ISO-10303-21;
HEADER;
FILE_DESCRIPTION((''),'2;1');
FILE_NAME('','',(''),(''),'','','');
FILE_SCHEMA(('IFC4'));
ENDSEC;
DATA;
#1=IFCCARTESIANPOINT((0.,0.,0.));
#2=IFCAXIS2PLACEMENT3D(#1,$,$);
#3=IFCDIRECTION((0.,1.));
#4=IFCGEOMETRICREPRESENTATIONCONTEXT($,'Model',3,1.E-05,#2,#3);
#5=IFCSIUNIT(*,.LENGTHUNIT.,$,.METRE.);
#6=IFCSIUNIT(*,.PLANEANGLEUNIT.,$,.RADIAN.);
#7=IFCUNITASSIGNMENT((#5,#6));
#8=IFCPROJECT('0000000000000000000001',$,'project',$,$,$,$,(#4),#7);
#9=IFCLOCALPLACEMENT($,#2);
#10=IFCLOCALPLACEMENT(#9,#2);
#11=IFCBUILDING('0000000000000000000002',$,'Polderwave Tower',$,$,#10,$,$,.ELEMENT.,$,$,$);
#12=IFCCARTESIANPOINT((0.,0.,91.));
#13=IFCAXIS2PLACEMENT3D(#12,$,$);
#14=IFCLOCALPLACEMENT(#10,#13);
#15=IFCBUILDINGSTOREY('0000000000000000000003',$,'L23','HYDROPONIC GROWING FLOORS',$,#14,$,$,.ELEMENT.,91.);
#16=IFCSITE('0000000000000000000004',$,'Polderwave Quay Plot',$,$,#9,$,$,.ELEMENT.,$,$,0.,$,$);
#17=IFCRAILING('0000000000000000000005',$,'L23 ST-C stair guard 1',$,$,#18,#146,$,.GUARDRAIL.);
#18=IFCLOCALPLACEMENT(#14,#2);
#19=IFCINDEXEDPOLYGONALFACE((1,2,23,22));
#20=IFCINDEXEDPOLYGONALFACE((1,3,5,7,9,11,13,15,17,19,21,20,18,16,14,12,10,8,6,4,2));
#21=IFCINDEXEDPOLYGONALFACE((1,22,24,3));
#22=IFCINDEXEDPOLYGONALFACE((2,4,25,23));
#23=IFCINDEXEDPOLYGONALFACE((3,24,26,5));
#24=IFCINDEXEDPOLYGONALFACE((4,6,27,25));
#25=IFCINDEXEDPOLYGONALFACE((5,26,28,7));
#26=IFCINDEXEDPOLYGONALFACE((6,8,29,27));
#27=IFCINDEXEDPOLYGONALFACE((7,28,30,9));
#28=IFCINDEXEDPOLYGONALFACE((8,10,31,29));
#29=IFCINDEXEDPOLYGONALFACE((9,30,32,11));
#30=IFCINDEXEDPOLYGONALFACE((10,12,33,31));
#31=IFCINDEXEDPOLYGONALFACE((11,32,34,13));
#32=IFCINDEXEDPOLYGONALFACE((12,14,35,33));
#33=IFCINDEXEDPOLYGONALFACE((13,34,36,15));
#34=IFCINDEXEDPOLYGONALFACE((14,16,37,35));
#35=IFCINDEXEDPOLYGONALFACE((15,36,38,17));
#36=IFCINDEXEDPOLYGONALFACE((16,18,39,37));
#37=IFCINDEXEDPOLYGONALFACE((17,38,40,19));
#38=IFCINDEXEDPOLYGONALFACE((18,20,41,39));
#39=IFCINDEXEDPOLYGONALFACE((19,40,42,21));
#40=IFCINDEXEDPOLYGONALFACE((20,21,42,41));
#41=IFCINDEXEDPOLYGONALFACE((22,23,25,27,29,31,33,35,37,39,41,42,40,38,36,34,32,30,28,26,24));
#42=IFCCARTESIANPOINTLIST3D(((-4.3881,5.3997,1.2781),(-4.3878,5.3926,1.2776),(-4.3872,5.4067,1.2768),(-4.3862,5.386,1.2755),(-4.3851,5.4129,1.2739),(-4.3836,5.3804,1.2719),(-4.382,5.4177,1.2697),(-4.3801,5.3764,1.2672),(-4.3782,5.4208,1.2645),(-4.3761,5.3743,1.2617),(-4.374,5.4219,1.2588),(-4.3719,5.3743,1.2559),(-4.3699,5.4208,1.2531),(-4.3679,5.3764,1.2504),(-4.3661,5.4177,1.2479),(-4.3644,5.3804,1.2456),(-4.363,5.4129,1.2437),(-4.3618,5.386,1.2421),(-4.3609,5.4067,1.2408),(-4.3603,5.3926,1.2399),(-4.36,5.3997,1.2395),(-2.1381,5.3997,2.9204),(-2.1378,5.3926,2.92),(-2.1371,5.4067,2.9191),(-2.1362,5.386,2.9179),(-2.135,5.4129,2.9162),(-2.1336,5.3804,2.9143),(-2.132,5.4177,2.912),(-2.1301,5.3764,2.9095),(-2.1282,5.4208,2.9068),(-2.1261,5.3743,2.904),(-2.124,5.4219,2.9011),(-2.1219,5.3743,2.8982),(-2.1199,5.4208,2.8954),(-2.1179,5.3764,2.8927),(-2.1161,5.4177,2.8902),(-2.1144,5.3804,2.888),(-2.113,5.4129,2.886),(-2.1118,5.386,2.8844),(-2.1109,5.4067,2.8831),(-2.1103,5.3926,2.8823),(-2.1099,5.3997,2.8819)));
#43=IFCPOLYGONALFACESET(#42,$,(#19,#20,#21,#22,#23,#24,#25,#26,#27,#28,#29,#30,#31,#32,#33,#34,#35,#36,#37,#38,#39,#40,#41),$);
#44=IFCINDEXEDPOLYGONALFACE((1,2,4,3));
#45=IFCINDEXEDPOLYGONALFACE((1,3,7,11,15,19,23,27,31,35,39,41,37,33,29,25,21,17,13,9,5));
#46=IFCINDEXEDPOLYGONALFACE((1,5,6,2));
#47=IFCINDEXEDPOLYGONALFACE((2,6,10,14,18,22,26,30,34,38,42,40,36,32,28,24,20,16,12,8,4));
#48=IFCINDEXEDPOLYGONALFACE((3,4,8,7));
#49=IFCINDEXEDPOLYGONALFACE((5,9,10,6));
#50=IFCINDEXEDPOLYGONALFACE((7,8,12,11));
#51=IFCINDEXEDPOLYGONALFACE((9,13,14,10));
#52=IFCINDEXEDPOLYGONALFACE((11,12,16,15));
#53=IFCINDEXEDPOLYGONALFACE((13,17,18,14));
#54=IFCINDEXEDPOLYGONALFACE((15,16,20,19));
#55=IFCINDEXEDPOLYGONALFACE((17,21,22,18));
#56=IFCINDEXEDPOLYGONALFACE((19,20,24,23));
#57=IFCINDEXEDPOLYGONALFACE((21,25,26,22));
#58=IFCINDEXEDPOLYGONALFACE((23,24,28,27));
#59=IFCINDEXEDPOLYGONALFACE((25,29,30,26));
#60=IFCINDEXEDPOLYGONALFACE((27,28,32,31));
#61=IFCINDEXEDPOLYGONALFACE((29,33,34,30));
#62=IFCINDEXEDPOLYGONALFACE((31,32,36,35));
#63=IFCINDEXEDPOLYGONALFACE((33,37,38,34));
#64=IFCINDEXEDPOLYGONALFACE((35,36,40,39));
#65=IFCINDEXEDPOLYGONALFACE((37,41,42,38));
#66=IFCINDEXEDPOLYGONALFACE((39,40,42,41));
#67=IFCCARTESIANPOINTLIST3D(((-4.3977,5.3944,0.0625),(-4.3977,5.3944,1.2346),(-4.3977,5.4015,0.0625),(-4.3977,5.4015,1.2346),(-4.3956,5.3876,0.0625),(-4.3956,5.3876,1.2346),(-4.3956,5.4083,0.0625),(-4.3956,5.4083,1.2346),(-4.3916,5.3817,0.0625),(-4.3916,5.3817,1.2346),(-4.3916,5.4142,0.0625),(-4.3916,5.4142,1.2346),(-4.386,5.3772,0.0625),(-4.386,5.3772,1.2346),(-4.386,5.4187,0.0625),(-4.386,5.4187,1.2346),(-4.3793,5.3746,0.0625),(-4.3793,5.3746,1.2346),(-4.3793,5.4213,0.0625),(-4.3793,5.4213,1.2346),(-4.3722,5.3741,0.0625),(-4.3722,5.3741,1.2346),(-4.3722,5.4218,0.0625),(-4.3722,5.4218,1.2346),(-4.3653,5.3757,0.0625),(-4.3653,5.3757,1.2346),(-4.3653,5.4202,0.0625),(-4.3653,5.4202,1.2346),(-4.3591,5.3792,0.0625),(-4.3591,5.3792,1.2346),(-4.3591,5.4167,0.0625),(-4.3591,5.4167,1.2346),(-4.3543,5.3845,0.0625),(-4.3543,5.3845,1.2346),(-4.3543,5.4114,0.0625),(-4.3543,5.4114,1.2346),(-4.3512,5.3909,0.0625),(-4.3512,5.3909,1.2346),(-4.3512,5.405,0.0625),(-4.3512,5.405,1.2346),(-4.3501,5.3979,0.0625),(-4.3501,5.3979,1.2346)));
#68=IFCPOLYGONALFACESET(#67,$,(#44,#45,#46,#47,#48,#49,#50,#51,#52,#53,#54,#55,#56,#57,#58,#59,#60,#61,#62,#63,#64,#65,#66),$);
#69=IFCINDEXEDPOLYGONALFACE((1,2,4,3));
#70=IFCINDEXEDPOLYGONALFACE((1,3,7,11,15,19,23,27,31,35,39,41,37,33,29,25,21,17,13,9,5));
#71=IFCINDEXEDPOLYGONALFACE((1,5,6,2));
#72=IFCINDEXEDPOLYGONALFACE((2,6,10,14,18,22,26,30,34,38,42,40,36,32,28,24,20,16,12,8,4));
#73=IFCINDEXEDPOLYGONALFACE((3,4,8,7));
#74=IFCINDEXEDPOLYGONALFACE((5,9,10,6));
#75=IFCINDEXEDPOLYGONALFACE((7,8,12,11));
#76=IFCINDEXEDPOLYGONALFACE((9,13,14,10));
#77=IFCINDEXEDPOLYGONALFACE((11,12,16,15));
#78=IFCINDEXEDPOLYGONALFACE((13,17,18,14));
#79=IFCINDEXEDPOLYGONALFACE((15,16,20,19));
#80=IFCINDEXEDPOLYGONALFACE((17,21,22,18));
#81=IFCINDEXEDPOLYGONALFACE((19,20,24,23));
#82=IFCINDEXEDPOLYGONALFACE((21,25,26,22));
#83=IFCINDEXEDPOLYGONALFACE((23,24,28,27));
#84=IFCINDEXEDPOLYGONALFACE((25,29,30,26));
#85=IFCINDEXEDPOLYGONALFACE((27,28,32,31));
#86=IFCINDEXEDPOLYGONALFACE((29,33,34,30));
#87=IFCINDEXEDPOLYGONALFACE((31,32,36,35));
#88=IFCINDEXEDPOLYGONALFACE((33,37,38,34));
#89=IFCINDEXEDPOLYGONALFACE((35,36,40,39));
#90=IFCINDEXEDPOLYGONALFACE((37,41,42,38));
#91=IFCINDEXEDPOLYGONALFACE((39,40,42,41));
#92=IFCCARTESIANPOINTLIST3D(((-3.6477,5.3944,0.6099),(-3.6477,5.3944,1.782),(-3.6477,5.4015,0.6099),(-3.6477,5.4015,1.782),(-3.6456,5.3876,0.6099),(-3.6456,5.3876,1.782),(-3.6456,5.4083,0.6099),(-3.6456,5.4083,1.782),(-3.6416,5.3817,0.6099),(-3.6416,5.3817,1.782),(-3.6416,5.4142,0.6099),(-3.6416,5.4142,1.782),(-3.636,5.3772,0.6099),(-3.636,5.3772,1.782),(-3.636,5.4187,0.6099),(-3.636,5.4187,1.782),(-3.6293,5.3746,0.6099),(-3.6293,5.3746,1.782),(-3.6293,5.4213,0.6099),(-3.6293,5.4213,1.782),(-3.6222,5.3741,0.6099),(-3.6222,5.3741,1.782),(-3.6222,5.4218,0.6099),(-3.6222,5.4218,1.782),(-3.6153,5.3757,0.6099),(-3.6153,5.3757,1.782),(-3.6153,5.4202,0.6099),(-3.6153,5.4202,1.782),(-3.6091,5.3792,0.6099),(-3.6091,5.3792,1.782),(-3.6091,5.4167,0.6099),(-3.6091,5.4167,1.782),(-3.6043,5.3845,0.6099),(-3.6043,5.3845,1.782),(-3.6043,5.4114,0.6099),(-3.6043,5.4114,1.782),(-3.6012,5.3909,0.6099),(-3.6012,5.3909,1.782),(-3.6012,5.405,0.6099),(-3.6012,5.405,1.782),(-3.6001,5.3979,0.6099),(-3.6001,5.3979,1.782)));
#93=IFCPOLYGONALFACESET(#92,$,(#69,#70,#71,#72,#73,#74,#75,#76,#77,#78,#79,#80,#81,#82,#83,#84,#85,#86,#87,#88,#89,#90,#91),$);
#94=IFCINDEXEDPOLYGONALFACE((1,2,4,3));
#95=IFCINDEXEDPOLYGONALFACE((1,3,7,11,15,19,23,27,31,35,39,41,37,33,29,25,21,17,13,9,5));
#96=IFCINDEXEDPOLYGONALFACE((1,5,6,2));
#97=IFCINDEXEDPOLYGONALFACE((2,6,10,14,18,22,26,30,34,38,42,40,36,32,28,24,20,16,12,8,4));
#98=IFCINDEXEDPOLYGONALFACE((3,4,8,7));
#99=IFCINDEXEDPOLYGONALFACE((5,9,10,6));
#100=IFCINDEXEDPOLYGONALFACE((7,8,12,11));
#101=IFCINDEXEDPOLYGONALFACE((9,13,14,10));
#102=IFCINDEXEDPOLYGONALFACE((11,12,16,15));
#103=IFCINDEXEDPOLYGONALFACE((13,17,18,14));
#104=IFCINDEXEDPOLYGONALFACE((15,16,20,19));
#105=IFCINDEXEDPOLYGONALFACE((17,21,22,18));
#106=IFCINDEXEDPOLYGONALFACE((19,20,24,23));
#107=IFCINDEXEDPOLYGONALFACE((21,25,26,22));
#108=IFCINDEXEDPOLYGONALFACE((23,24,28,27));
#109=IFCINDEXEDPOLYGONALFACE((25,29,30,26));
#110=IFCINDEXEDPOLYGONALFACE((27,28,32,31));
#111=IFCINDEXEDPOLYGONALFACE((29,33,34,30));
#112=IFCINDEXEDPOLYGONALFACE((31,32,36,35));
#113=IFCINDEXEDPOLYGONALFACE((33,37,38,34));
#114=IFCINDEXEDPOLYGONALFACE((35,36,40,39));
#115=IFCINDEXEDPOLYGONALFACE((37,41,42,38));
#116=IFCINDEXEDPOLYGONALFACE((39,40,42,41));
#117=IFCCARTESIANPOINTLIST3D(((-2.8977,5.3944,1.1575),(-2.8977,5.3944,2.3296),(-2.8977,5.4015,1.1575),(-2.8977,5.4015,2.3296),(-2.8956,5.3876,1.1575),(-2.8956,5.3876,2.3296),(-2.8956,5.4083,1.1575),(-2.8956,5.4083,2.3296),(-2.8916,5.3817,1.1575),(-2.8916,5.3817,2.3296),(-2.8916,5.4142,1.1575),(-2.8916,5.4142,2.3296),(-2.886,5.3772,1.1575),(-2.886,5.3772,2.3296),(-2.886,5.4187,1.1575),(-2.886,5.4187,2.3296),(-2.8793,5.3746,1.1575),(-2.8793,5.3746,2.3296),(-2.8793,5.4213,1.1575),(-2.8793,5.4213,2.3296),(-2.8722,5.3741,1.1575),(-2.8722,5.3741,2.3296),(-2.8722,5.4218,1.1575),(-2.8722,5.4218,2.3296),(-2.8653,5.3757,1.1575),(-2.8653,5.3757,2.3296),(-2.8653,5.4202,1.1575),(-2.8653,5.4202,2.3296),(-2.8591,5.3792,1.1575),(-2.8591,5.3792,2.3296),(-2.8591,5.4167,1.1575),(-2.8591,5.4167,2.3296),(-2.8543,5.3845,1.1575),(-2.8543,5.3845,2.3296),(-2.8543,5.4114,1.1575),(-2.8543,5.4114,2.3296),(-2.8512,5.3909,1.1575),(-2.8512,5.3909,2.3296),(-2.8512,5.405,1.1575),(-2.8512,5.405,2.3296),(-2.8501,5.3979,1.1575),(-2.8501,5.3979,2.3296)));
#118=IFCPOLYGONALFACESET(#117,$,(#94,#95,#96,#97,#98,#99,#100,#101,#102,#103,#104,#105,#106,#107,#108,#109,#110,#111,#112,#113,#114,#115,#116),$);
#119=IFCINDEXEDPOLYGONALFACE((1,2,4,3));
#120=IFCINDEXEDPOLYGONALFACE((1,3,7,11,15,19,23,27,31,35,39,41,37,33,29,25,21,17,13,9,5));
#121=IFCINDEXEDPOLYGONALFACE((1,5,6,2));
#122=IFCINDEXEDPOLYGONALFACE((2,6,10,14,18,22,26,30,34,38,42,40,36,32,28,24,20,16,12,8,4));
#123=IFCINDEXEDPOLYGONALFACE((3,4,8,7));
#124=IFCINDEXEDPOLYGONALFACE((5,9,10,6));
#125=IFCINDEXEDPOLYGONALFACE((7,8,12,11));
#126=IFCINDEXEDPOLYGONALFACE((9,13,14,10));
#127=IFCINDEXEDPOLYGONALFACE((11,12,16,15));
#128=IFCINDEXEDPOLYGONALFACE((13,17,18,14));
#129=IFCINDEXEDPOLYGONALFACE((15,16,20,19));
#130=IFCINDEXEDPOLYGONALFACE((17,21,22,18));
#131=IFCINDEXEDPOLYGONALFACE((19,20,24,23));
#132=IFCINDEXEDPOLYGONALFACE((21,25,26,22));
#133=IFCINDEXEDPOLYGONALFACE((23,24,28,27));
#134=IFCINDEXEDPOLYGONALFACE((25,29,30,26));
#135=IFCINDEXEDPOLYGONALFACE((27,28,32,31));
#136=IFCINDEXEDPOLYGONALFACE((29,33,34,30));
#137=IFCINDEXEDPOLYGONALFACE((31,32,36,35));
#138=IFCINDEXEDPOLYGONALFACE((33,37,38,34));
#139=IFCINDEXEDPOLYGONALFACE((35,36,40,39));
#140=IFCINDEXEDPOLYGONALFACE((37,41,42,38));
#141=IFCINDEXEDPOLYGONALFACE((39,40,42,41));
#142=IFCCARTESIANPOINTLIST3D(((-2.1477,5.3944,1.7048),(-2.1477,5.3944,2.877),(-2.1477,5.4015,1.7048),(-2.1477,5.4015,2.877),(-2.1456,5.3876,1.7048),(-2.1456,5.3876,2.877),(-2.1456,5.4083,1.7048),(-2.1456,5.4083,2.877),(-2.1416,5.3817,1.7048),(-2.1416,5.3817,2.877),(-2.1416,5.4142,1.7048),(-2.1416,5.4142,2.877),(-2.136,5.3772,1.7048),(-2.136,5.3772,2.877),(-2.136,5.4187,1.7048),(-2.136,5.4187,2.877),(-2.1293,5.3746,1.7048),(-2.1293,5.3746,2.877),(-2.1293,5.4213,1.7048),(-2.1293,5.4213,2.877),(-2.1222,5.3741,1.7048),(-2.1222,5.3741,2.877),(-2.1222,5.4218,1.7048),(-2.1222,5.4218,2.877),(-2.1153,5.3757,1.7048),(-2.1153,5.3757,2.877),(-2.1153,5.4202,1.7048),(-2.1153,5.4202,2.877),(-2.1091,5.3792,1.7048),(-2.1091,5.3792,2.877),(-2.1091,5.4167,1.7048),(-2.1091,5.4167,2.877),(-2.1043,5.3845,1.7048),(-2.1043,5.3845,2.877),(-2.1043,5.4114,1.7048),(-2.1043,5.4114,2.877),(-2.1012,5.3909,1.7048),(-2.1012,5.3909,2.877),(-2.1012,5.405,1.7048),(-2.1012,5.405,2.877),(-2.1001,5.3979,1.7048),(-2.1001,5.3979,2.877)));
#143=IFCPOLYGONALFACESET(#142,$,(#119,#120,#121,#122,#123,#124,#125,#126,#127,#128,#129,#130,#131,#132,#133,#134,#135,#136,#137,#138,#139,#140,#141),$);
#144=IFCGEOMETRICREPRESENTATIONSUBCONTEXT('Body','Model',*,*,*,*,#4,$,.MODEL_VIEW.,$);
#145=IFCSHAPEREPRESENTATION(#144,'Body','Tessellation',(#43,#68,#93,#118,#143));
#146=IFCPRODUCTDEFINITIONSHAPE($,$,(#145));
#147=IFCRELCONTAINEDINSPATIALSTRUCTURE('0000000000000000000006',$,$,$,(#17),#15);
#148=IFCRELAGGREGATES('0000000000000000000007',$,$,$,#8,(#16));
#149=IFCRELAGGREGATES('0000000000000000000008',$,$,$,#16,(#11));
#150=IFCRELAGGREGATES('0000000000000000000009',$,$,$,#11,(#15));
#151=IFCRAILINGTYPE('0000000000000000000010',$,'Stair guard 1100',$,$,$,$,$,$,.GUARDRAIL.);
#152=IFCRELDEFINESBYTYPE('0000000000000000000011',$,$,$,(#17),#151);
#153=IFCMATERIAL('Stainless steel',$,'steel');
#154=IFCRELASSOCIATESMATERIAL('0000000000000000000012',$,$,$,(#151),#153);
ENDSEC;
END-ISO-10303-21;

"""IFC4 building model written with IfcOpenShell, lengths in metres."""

from ifc_helpers import new_model, si_unit, direction, frame, origin, origin_2d, place, context, subcontext, project, spatial, circle, extrude, material, type_object, element, save


model = new_model("IFC4")

# Units and contexts
model_context = context("Model", 3, precision=1e-05, world=origin(), true_north=direction((0.0, 1.0)))
body_context = subcontext(model_context, "Body", "Model", "MODEL_VIEW")
ifc_project = project(units=[si_unit("LENGTHUNIT", "METRE"), si_unit("PLANEANGLEUNIT", "RADIAN")], contexts=[model_context])

# Site, building, storey
site_placement = place(None, origin())
site = spatial("IfcSite", under=ifc_project, at=site_placement, Name="Polderwave Quay Plot", CompositionType="ELEMENT", RefElevation=0.0)
building_placement = place(site_placement, origin())
building = spatial("IfcBuilding", under=site, at=building_placement, Name="Polderwave Tower", CompositionType="ELEMENT")
storey_placement = place(building_placement, frame((0.0, 0.0, 91.0)))
storey = spatial("IfcBuildingStorey", under=building, at=storey_placement, Name="L23", Description="HYDROPONIC GROWING FLOORS", CompositionType="ELEMENT", Elevation=91.0)

# Railing
ifc_material_1 = material(Name="Stainless steel", Category="steel")
railing_type_1 = type_object("IfcRailingType", Name="Stair guard 1100", PredefinedType="GUARDRAIL", material=ifc_material_1)
railing_1_placement = place(storey_placement, frame((-4.374, 5.3979, 0.0625)))
element("IfcRailing", 1, at=railing_1_placement, inside=storey, type_object=railing_type_1, Name="L23 ST-C stair guard 1", PredefinedType="GUARDRAIL", context=body_context, shape_type="SweptSolid", body=[
    extrude(circle(Radius=0.0239, at=origin_2d()), frame((0.0, 0.0, 1.1963), z_axis=(0.807715, 0.0, 0.589573), x_axis=(0.0, 1.0, 0.0)), (0.0, 0.0, 1.0), 2.7856),
    extrude(circle(Radius=0.0239, at=origin_2d()), origin(), (0.0, 0.0, 1.0), 1.1721),
    extrude(circle(Radius=0.0239, at=origin_2d()), frame((0.75, 0.0, 0.5474)), (0.0, 0.0, 1.0), 1.1721),
    extrude(circle(Radius=0.0239, at=origin_2d()), frame((1.5, 0.0, 1.095)), (0.0, 0.0, 1.0), 1.1721),
    extrude(circle(Radius=0.0239, at=origin_2d()), frame((2.25, 0.0, 1.6423)), (0.0, 0.0, 1.0), 1.1721),
])

save(model, "model.ifc")
